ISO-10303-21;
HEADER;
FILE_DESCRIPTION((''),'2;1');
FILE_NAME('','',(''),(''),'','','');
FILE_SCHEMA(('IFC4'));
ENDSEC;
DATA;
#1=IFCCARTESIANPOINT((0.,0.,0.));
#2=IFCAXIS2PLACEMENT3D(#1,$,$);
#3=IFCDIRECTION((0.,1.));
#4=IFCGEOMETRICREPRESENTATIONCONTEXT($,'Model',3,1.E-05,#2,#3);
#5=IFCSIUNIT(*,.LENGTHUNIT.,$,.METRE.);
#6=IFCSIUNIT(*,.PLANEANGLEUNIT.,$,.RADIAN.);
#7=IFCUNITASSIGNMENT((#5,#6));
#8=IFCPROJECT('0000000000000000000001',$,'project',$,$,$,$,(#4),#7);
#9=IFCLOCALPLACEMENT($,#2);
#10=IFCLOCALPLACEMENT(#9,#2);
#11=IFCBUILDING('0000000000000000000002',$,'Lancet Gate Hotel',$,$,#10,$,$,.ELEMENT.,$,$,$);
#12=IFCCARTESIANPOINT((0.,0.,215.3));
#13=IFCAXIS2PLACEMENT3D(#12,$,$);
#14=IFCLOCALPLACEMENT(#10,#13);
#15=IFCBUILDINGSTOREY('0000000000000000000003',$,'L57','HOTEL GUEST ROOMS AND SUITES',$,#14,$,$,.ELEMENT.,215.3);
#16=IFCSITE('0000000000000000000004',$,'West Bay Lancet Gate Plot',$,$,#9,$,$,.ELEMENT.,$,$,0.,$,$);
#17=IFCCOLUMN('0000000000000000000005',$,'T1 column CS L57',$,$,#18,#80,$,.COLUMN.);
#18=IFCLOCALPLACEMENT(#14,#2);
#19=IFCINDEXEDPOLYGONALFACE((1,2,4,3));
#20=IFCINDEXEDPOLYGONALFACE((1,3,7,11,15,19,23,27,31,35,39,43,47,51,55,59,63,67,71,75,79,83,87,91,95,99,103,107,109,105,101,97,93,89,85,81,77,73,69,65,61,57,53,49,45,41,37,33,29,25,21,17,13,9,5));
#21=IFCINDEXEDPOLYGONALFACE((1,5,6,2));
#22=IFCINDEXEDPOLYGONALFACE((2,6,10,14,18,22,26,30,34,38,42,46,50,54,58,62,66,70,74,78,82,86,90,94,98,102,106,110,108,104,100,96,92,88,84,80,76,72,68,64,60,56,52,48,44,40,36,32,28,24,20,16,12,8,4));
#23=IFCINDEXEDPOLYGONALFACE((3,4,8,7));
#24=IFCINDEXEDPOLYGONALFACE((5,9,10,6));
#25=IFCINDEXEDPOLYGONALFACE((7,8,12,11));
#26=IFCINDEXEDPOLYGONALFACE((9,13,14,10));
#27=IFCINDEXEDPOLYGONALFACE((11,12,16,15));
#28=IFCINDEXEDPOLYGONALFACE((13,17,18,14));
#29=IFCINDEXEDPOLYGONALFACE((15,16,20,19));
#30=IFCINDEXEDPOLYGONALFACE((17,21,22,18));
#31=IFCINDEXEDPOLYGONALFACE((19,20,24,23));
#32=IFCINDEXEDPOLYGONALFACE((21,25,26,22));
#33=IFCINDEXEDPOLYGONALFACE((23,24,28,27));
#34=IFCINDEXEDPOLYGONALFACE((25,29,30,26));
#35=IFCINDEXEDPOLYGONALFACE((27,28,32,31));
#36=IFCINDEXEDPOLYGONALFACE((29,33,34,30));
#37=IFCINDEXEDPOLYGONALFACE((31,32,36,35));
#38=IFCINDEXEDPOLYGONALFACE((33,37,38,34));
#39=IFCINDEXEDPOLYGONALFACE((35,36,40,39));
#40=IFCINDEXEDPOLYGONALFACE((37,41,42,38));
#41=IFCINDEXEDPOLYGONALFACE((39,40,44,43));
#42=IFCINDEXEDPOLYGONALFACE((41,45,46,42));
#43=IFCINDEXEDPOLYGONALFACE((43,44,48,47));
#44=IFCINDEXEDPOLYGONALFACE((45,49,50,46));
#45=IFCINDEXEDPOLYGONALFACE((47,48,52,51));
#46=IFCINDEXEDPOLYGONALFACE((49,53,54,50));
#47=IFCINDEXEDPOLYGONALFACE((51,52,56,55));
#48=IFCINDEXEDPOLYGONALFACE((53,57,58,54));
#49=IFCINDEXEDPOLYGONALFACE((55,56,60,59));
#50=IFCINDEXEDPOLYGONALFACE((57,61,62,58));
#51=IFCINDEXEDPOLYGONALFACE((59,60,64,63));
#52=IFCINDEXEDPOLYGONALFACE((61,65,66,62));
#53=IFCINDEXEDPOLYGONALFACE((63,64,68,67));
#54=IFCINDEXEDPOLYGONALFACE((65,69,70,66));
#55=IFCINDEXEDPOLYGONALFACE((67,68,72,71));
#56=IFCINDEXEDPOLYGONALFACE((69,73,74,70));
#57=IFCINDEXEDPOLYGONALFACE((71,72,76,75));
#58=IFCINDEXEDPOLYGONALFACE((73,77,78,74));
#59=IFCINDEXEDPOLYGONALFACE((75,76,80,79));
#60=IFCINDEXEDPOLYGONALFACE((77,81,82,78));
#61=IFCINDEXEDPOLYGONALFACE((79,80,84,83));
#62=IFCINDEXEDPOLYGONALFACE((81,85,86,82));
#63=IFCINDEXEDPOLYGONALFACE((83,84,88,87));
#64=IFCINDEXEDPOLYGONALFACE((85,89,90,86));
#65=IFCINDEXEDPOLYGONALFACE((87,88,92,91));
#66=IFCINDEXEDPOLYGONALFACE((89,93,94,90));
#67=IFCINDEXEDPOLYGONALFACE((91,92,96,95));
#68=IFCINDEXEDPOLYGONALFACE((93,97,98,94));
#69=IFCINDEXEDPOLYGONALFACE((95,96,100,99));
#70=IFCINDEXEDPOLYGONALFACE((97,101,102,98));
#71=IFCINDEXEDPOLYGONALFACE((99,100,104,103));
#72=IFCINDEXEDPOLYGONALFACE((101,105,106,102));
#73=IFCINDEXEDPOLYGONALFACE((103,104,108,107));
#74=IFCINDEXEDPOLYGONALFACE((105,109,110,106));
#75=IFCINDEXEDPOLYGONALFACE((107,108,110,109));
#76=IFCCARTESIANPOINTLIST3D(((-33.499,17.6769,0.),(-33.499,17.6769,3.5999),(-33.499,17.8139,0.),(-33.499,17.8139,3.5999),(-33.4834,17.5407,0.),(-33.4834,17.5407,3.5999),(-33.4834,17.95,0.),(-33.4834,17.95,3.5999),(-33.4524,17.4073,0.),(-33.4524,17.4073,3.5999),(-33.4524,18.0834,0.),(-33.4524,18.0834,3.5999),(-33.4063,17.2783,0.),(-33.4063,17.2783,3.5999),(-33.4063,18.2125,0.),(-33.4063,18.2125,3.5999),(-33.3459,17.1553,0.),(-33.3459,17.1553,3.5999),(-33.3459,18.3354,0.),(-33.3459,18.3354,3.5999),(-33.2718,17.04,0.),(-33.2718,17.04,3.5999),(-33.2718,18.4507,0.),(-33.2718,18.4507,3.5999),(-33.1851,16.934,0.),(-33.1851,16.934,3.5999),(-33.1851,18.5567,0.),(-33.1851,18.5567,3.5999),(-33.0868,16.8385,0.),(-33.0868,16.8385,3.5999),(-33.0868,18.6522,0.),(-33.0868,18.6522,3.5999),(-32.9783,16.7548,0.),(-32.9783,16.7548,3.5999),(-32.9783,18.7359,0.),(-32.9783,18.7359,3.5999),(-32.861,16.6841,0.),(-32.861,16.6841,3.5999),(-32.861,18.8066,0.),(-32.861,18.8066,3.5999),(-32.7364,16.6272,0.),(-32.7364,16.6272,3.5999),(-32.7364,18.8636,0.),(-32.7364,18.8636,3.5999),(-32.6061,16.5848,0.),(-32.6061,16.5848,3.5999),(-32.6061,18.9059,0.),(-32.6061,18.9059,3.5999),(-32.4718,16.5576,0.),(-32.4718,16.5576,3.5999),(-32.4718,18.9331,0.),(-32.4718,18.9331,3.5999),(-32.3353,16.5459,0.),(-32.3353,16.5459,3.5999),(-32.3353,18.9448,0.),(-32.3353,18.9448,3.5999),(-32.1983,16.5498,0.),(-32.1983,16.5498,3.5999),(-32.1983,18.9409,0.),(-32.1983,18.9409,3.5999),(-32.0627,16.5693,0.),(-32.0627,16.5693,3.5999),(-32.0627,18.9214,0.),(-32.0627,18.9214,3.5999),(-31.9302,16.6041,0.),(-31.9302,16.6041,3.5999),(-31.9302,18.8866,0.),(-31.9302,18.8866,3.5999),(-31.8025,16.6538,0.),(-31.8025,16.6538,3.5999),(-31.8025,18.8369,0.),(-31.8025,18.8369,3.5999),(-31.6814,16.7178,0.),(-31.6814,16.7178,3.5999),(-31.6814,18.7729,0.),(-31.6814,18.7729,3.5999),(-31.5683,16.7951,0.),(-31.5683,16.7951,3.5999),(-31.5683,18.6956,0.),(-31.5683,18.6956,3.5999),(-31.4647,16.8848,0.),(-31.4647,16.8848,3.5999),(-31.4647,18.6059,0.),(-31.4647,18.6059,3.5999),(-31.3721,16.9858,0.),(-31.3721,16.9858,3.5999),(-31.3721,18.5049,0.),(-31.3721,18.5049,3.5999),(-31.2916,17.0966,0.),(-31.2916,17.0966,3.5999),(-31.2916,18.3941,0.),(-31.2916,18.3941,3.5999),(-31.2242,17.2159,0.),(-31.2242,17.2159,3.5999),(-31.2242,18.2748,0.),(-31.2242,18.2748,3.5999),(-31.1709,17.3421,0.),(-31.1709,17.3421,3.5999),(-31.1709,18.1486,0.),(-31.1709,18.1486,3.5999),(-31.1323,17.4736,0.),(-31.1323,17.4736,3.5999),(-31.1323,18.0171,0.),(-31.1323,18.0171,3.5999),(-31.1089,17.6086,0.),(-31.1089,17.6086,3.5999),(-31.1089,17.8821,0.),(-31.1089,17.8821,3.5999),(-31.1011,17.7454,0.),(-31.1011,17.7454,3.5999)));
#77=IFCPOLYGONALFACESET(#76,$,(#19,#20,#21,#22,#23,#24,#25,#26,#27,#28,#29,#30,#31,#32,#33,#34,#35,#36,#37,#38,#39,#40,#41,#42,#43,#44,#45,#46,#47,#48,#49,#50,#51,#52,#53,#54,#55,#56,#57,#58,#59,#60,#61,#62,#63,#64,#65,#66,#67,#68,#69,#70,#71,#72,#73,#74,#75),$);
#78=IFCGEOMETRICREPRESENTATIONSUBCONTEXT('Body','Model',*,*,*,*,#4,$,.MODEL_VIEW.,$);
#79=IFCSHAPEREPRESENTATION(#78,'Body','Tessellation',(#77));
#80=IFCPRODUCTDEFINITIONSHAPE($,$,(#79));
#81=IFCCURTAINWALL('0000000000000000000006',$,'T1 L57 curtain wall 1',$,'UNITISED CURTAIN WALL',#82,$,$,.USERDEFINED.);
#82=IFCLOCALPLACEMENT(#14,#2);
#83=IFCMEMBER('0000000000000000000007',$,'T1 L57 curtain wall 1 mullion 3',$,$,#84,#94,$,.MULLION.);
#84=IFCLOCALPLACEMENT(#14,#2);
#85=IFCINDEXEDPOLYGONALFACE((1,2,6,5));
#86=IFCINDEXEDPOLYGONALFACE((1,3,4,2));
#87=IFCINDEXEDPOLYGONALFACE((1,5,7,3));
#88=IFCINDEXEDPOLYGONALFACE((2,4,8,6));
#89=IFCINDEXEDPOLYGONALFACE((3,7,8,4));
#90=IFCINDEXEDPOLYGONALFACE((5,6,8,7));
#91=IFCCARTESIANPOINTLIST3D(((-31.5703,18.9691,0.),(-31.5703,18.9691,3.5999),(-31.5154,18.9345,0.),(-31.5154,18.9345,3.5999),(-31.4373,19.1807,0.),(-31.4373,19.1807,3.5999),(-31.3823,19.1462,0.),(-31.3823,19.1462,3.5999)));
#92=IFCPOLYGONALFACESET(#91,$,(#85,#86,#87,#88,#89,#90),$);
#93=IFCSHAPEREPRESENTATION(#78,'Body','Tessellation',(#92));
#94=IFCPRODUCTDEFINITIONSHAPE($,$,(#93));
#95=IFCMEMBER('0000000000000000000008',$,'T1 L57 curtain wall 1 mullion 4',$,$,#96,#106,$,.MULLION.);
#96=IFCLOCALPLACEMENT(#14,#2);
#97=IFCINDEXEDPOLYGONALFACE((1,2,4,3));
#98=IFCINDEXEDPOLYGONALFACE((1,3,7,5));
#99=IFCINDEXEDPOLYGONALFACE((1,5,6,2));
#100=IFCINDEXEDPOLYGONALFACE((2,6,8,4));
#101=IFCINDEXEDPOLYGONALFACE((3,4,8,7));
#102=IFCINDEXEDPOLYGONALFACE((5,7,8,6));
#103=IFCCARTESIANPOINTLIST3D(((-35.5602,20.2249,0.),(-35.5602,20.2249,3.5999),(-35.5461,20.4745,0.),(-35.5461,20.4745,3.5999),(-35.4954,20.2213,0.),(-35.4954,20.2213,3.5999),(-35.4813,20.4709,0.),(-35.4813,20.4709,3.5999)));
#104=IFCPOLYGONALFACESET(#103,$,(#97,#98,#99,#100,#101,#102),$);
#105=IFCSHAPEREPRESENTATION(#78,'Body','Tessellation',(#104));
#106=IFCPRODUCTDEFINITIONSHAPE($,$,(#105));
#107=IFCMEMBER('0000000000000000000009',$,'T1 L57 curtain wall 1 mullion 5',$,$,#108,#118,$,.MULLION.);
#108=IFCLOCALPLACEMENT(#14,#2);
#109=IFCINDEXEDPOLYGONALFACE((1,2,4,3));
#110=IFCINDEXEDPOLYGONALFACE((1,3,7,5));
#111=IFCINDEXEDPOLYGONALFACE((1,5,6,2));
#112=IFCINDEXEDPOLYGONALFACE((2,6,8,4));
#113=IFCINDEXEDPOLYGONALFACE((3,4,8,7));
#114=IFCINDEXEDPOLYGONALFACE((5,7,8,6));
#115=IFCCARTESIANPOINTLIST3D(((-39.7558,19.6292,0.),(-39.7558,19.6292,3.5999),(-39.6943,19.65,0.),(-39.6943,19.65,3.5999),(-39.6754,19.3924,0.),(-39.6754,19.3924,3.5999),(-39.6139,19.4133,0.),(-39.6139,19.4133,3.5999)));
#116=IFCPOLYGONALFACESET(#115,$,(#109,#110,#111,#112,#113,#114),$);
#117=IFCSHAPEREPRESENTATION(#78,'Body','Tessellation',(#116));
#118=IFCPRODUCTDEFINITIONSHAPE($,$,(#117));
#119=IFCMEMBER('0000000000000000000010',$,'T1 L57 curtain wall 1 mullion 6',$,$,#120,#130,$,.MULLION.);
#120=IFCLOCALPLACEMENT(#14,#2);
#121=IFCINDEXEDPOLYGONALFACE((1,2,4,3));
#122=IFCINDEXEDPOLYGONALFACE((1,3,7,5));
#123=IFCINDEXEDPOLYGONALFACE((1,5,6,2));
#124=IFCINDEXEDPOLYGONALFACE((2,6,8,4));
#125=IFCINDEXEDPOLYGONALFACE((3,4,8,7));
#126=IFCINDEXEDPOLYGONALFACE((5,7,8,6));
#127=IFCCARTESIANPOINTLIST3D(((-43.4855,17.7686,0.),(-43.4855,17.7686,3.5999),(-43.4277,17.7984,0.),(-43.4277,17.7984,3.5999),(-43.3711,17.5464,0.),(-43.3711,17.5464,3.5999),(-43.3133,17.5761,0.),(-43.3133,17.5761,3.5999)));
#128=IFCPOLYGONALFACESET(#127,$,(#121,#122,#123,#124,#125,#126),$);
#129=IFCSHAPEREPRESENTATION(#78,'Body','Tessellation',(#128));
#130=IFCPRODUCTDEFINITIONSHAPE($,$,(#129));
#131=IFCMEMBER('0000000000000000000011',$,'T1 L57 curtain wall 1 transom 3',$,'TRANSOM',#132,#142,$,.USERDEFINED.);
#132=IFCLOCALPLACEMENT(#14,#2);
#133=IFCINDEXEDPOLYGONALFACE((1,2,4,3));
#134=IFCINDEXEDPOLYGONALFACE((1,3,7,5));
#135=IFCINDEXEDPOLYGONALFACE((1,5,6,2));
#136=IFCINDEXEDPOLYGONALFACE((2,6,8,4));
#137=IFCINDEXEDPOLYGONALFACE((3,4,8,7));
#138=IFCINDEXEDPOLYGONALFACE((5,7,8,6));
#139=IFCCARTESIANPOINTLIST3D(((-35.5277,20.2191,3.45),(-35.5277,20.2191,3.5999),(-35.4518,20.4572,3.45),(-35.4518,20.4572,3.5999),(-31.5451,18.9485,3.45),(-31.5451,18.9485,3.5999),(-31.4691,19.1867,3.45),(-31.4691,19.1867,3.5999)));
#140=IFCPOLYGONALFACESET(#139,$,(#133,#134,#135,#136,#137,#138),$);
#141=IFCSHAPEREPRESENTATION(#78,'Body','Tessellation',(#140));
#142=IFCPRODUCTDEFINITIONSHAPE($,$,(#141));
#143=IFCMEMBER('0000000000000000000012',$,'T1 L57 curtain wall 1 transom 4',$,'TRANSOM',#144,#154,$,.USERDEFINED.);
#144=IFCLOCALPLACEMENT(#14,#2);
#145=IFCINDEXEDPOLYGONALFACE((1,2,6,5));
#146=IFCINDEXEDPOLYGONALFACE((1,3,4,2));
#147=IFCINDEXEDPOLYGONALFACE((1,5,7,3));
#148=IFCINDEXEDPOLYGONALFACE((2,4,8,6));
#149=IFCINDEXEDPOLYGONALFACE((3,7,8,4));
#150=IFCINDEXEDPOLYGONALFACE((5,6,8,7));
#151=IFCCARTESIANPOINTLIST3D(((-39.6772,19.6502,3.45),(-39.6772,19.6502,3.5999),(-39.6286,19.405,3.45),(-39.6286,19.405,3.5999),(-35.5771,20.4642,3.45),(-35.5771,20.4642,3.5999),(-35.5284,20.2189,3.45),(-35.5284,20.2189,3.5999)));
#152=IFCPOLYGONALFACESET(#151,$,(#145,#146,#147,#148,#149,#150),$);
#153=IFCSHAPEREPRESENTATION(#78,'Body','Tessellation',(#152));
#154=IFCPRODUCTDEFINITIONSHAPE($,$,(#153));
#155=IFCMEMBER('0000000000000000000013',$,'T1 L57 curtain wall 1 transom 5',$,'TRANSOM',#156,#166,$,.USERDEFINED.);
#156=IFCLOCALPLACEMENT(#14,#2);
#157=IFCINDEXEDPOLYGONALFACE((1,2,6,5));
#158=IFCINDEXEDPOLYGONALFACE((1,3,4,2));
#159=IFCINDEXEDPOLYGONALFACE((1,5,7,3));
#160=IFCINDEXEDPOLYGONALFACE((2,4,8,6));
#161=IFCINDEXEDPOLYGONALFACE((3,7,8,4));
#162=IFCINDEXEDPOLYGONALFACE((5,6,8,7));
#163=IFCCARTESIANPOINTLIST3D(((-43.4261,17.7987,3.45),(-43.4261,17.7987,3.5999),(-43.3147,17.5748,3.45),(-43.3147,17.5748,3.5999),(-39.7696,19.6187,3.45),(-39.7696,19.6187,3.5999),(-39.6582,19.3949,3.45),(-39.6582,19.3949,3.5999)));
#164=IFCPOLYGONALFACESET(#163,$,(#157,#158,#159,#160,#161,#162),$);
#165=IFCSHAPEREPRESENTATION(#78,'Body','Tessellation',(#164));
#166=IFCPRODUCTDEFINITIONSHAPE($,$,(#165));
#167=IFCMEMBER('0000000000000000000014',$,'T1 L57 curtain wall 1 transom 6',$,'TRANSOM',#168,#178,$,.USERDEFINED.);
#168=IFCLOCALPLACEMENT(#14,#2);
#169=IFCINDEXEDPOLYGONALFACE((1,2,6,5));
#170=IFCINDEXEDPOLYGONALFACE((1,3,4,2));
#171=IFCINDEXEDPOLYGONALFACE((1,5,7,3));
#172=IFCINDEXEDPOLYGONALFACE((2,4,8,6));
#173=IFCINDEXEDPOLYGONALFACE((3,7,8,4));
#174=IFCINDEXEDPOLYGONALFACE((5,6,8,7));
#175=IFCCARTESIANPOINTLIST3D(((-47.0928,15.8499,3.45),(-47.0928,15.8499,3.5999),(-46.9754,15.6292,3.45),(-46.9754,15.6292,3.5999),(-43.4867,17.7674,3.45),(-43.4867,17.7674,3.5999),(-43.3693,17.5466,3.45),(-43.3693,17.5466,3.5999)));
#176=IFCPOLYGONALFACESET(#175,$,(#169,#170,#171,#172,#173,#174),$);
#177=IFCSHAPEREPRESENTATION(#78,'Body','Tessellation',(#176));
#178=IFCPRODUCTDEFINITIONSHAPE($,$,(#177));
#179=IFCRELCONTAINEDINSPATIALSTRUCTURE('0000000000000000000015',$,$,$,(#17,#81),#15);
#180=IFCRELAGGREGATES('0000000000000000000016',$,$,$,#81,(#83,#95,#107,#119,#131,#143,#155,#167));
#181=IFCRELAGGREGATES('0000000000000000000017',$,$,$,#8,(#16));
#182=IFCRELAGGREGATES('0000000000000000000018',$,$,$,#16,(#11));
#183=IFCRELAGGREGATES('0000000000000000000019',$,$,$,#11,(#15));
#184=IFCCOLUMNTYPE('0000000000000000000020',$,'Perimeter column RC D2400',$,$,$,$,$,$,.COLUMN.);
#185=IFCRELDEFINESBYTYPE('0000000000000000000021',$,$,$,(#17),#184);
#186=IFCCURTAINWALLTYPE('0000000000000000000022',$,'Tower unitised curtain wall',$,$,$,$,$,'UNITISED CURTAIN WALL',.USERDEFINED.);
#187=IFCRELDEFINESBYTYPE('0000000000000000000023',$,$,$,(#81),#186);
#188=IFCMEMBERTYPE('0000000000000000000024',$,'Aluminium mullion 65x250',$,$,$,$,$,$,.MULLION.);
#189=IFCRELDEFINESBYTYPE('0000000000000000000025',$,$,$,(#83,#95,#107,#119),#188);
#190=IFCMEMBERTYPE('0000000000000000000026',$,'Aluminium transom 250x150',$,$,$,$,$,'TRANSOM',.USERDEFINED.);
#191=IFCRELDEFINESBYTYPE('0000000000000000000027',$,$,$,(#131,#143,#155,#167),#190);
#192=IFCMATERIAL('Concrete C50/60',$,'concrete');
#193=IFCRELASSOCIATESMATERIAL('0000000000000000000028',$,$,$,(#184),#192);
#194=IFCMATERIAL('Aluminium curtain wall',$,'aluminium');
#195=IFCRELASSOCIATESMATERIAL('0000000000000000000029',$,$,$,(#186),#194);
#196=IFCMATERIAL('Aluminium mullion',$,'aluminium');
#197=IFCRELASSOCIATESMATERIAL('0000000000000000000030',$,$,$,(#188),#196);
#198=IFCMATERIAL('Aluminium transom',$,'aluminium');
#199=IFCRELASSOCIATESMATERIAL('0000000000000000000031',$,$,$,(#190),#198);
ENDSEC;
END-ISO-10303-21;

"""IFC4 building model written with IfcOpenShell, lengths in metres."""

from ifc_helpers import new_model, si_unit, direction, frame, origin, origin_2d, place, context, subcontext, project, spatial, rectangle, circle, extrude, material, material_profile, profile_set, type_object, element, aggregate, save


model = new_model("IFC4")

# Units and contexts
model_context = context("Model", 3, precision=1e-05, world=origin(), true_north=direction((0.0, 1.0)))
body_context = subcontext(model_context, "Body", "Model", "MODEL_VIEW")
ifc_project = project(units=[si_unit("LENGTHUNIT", "METRE"), si_unit("PLANEANGLEUNIT", "RADIAN")], contexts=[model_context])

# Site, building, storey
site_placement = place(None, origin())
site = spatial("IfcSite", under=ifc_project, at=site_placement, Name="West Bay Lancet Gate Plot", CompositionType="ELEMENT", RefElevation=0.0)
building_placement = place(site_placement, origin())
building = spatial("IfcBuilding", under=site, at=building_placement, Name="Lancet Gate Hotel", CompositionType="ELEMENT")
storey_placement = place(building_placement, frame((0.0, 0.0, 215.3)))
storey = spatial("IfcBuildingStorey", under=building, at=storey_placement, Name="L57", Description="HOTEL GUEST ROOMS AND SUITES", CompositionType="ELEMENT", Elevation=215.3)

# Column
ifc_material_1 = material(Name="Concrete C50/60", Category="concrete")
ifc_material_profile_1 = material_profile(ifc_material_1, circle(Radius=1.2, at=origin_2d()), Name="RC D2400")
ifc_profile_set_1 = profile_set([ifc_material_profile_1], Name="Concrete C50/60")
column_type = type_object("IfcColumnType", Name="Perimeter column RC D2400", PredefinedType="COLUMN", material=ifc_profile_set_1)
column_placement = place(storey_placement, frame((-32.301, 17.7454, 0.0), z_axis=(0.0, 0.0, 1.0), x_axis=(1.0, 0.0, 0.0)))
element("IfcColumn", 1, at=column_placement, inside=storey, type_object=column_type, Name="T1 column CS L57", PredefinedType="COLUMN", context=body_context, shape_type="SweptSolid", body=[
    extrude(circle(Radius=1.2, at=origin_2d()), origin(), (0.0, 0.0, 1.0), 3.5999),
])

# Curtain wall, members
ifc_material_2 = material(Name="Aluminium curtain wall", Category="aluminium")
curtain_wall_type = type_object("IfcCurtainWallType", Name="Tower unitised curtain wall", ElementType="UNITISED CURTAIN WALL", PredefinedType="USERDEFINED", material=ifc_material_2)
curtain_wall_placement = place(storey_placement, origin())
curtain_wall = element("IfcCurtainWall", 2, at=curtain_wall_placement, inside=storey, type_object=curtain_wall_type, Name="T1 L57 curtain wall 1", ObjectType="UNITISED CURTAIN WALL", PredefinedType="USERDEFINED")
ifc_material_3 = material(Name="Aluminium mullion", Category="aluminium")
ifc_material_profile_2 = material_profile(ifc_material_3, rectangle(XDim=0.0649, YDim=0.25, at=origin_2d()), Name="MULLION 65x250")
ifc_profile_set_2 = profile_set([ifc_material_profile_2], Name="Aluminium mullion")
member_type_1 = type_object("IfcMemberType", Name="Aluminium mullion 65x250", PredefinedType="MULLION", material=ifc_profile_set_2)
member_1_placement = place(storey_placement, frame((-31.4763, 19.0576, 0.0), z_axis=(0.0, 0.0, 1.0), x_axis=(-0.846613, 0.532209, 0.0)))
member_1 = element("IfcMember", 3, at=member_1_placement, type_object=member_type_1, Name="T1 L57 curtain wall 1 mullion 3", PredefinedType="MULLION", context=body_context, shape_type="SweptSolid", body=[
    extrude(rectangle(XDim=0.0649, YDim=0.25, at=origin_2d()), origin(), (0.0, 0.0, 1.0), 3.5999),
])
member_2_placement = place(storey_placement, frame((-35.5208, 20.3479, 0.0), z_axis=(0.0, 0.0, 1.0), x_axis=(-0.998409, 0.056384, 0.0)))
member_2 = element("IfcMember", 4, at=member_2_placement, type_object=member_type_1, Name="T1 L57 curtain wall 1 mullion 4", PredefinedType="MULLION", context=body_context, shape_type="SweptSolid", body=[
    extrude(rectangle(XDim=0.0649, YDim=0.25, at=origin_2d()), origin(), (0.0, 0.0, 1.0), 3.5999),
])
member_3_placement = place(storey_placement, frame((-39.6848, 19.5212, 0.0), z_axis=(0.0, 0.0, 1.0), x_axis=(-0.946888, -0.321564, 0.0)))
member_3 = element("IfcMember", 5, at=member_3_placement, type_object=member_type_1, Name="T1 L57 curtain wall 1 mullion 5", PredefinedType="MULLION", context=body_context, shape_type="SweptSolid", body=[
    extrude(rectangle(XDim=0.0649, YDim=0.25, at=origin_2d()), origin(), (0.0, 0.0, 1.0), 3.5999),
])
member_4_placement = place(storey_placement, frame((-43.3994, 17.6724, 0.0), z_axis=(0.0, 0.0, 1.0), x_axis=(-0.889156, -0.457605, 0.0)))
member_4 = element("IfcMember", 6, at=member_4_placement, type_object=member_type_1, Name="T1 L57 curtain wall 1 mullion 6", PredefinedType="MULLION", context=body_context, shape_type="SweptSolid", body=[
    extrude(rectangle(XDim=0.0649, YDim=0.25, at=origin_2d()), origin(), (0.0, 0.0, 1.0), 3.5999),
])
ifc_material_4 = material(Name="Aluminium transom", Category="aluminium")
ifc_material_profile_3 = material_profile(ifc_material_4, rectangle(XDim=0.25, YDim=0.1499, at=origin_2d()), Name="TRANSOM 250x150")
ifc_profile_set_3 = profile_set([ifc_material_profile_3], Name="Aluminium transom")
member_type_2 = type_object("IfcMemberType", Name="Aluminium transom 250x150", ElementType="TRANSOM", PredefinedType="USERDEFINED", material=ifc_profile_set_3)
member_5_placement = place(storey_placement, frame((-31.5071, 19.0676, 3.5249), z_axis=(-0.952698, 0.30392, 0.0), x_axis=(-0.30392, -0.952698, 0.0)))
member_5 = element("IfcMember", 7, at=member_5_placement, type_object=member_type_2, Name="T1 L57 curtain wall 1 transom 3", ObjectType="TRANSOM", PredefinedType="USERDEFINED", context=body_context, shape_type="SweptSolid", body=[
    extrude(rectangle(XDim=0.25, YDim=0.1499, at=origin_2d()), origin(), (0.0, 0.0, 1.0), 4.1804),
])
member_6_placement = place(storey_placement, frame((-35.5527, 20.3416, 3.5249), z_axis=(-0.980858, -0.194723, 0.0), x_axis=(0.194723, -0.980858, 0.0)))
member_6 = element("IfcMember", 8, at=member_6_placement, type_object=member_type_2, Name="T1 L57 curtain wall 1 transom 4", ObjectType="TRANSOM", PredefinedType="USERDEFINED", context=body_context, shape_type="SweptSolid", body=[
    extrude(rectangle(XDim=0.25, YDim=0.1499, at=origin_2d()), origin(), (0.0, 0.0, 1.0), 4.1802),
])
member_7_placement = place(storey_placement, frame((-39.7139, 19.5068, 3.5249), z_axis=(-0.895227, -0.445611, 0.0), x_axis=(0.445611, -0.895227, 0.0)))
member_7 = element("IfcMember", 9, at=member_7_placement, type_object=member_type_2, Name="T1 L57 curtain wall 1 transom 5", ObjectType="TRANSOM", PredefinedType="USERDEFINED", context=body_context, shape_type="SweptSolid", body=[
    extrude(rectangle(XDim=0.25, YDim=0.1499, at=origin_2d()), origin(), (0.0, 0.0, 1.0), 4.0845),
])
member_8_placement = place(storey_placement, frame((-43.428, 17.657, 3.5249), z_axis=(-0.882945, -0.469477, 0.0), x_axis=(0.469477, -0.882945, 0.0)))
member_8 = element("IfcMember", 10, at=member_8_placement, type_object=member_type_2, Name="T1 L57 curtain wall 1 transom 6", ObjectType="TRANSOM", PredefinedType="USERDEFINED", context=body_context, shape_type="SweptSolid", body=[
    extrude(rectangle(XDim=0.25, YDim=0.1499, at=origin_2d()), origin(), (0.0, 0.0, 1.0), 4.0842),
])

aggregate(curtain_wall, [member_1, member_2, member_3, member_4, member_5, member_6, member_7, member_8])

save(model, "model.ifc")
